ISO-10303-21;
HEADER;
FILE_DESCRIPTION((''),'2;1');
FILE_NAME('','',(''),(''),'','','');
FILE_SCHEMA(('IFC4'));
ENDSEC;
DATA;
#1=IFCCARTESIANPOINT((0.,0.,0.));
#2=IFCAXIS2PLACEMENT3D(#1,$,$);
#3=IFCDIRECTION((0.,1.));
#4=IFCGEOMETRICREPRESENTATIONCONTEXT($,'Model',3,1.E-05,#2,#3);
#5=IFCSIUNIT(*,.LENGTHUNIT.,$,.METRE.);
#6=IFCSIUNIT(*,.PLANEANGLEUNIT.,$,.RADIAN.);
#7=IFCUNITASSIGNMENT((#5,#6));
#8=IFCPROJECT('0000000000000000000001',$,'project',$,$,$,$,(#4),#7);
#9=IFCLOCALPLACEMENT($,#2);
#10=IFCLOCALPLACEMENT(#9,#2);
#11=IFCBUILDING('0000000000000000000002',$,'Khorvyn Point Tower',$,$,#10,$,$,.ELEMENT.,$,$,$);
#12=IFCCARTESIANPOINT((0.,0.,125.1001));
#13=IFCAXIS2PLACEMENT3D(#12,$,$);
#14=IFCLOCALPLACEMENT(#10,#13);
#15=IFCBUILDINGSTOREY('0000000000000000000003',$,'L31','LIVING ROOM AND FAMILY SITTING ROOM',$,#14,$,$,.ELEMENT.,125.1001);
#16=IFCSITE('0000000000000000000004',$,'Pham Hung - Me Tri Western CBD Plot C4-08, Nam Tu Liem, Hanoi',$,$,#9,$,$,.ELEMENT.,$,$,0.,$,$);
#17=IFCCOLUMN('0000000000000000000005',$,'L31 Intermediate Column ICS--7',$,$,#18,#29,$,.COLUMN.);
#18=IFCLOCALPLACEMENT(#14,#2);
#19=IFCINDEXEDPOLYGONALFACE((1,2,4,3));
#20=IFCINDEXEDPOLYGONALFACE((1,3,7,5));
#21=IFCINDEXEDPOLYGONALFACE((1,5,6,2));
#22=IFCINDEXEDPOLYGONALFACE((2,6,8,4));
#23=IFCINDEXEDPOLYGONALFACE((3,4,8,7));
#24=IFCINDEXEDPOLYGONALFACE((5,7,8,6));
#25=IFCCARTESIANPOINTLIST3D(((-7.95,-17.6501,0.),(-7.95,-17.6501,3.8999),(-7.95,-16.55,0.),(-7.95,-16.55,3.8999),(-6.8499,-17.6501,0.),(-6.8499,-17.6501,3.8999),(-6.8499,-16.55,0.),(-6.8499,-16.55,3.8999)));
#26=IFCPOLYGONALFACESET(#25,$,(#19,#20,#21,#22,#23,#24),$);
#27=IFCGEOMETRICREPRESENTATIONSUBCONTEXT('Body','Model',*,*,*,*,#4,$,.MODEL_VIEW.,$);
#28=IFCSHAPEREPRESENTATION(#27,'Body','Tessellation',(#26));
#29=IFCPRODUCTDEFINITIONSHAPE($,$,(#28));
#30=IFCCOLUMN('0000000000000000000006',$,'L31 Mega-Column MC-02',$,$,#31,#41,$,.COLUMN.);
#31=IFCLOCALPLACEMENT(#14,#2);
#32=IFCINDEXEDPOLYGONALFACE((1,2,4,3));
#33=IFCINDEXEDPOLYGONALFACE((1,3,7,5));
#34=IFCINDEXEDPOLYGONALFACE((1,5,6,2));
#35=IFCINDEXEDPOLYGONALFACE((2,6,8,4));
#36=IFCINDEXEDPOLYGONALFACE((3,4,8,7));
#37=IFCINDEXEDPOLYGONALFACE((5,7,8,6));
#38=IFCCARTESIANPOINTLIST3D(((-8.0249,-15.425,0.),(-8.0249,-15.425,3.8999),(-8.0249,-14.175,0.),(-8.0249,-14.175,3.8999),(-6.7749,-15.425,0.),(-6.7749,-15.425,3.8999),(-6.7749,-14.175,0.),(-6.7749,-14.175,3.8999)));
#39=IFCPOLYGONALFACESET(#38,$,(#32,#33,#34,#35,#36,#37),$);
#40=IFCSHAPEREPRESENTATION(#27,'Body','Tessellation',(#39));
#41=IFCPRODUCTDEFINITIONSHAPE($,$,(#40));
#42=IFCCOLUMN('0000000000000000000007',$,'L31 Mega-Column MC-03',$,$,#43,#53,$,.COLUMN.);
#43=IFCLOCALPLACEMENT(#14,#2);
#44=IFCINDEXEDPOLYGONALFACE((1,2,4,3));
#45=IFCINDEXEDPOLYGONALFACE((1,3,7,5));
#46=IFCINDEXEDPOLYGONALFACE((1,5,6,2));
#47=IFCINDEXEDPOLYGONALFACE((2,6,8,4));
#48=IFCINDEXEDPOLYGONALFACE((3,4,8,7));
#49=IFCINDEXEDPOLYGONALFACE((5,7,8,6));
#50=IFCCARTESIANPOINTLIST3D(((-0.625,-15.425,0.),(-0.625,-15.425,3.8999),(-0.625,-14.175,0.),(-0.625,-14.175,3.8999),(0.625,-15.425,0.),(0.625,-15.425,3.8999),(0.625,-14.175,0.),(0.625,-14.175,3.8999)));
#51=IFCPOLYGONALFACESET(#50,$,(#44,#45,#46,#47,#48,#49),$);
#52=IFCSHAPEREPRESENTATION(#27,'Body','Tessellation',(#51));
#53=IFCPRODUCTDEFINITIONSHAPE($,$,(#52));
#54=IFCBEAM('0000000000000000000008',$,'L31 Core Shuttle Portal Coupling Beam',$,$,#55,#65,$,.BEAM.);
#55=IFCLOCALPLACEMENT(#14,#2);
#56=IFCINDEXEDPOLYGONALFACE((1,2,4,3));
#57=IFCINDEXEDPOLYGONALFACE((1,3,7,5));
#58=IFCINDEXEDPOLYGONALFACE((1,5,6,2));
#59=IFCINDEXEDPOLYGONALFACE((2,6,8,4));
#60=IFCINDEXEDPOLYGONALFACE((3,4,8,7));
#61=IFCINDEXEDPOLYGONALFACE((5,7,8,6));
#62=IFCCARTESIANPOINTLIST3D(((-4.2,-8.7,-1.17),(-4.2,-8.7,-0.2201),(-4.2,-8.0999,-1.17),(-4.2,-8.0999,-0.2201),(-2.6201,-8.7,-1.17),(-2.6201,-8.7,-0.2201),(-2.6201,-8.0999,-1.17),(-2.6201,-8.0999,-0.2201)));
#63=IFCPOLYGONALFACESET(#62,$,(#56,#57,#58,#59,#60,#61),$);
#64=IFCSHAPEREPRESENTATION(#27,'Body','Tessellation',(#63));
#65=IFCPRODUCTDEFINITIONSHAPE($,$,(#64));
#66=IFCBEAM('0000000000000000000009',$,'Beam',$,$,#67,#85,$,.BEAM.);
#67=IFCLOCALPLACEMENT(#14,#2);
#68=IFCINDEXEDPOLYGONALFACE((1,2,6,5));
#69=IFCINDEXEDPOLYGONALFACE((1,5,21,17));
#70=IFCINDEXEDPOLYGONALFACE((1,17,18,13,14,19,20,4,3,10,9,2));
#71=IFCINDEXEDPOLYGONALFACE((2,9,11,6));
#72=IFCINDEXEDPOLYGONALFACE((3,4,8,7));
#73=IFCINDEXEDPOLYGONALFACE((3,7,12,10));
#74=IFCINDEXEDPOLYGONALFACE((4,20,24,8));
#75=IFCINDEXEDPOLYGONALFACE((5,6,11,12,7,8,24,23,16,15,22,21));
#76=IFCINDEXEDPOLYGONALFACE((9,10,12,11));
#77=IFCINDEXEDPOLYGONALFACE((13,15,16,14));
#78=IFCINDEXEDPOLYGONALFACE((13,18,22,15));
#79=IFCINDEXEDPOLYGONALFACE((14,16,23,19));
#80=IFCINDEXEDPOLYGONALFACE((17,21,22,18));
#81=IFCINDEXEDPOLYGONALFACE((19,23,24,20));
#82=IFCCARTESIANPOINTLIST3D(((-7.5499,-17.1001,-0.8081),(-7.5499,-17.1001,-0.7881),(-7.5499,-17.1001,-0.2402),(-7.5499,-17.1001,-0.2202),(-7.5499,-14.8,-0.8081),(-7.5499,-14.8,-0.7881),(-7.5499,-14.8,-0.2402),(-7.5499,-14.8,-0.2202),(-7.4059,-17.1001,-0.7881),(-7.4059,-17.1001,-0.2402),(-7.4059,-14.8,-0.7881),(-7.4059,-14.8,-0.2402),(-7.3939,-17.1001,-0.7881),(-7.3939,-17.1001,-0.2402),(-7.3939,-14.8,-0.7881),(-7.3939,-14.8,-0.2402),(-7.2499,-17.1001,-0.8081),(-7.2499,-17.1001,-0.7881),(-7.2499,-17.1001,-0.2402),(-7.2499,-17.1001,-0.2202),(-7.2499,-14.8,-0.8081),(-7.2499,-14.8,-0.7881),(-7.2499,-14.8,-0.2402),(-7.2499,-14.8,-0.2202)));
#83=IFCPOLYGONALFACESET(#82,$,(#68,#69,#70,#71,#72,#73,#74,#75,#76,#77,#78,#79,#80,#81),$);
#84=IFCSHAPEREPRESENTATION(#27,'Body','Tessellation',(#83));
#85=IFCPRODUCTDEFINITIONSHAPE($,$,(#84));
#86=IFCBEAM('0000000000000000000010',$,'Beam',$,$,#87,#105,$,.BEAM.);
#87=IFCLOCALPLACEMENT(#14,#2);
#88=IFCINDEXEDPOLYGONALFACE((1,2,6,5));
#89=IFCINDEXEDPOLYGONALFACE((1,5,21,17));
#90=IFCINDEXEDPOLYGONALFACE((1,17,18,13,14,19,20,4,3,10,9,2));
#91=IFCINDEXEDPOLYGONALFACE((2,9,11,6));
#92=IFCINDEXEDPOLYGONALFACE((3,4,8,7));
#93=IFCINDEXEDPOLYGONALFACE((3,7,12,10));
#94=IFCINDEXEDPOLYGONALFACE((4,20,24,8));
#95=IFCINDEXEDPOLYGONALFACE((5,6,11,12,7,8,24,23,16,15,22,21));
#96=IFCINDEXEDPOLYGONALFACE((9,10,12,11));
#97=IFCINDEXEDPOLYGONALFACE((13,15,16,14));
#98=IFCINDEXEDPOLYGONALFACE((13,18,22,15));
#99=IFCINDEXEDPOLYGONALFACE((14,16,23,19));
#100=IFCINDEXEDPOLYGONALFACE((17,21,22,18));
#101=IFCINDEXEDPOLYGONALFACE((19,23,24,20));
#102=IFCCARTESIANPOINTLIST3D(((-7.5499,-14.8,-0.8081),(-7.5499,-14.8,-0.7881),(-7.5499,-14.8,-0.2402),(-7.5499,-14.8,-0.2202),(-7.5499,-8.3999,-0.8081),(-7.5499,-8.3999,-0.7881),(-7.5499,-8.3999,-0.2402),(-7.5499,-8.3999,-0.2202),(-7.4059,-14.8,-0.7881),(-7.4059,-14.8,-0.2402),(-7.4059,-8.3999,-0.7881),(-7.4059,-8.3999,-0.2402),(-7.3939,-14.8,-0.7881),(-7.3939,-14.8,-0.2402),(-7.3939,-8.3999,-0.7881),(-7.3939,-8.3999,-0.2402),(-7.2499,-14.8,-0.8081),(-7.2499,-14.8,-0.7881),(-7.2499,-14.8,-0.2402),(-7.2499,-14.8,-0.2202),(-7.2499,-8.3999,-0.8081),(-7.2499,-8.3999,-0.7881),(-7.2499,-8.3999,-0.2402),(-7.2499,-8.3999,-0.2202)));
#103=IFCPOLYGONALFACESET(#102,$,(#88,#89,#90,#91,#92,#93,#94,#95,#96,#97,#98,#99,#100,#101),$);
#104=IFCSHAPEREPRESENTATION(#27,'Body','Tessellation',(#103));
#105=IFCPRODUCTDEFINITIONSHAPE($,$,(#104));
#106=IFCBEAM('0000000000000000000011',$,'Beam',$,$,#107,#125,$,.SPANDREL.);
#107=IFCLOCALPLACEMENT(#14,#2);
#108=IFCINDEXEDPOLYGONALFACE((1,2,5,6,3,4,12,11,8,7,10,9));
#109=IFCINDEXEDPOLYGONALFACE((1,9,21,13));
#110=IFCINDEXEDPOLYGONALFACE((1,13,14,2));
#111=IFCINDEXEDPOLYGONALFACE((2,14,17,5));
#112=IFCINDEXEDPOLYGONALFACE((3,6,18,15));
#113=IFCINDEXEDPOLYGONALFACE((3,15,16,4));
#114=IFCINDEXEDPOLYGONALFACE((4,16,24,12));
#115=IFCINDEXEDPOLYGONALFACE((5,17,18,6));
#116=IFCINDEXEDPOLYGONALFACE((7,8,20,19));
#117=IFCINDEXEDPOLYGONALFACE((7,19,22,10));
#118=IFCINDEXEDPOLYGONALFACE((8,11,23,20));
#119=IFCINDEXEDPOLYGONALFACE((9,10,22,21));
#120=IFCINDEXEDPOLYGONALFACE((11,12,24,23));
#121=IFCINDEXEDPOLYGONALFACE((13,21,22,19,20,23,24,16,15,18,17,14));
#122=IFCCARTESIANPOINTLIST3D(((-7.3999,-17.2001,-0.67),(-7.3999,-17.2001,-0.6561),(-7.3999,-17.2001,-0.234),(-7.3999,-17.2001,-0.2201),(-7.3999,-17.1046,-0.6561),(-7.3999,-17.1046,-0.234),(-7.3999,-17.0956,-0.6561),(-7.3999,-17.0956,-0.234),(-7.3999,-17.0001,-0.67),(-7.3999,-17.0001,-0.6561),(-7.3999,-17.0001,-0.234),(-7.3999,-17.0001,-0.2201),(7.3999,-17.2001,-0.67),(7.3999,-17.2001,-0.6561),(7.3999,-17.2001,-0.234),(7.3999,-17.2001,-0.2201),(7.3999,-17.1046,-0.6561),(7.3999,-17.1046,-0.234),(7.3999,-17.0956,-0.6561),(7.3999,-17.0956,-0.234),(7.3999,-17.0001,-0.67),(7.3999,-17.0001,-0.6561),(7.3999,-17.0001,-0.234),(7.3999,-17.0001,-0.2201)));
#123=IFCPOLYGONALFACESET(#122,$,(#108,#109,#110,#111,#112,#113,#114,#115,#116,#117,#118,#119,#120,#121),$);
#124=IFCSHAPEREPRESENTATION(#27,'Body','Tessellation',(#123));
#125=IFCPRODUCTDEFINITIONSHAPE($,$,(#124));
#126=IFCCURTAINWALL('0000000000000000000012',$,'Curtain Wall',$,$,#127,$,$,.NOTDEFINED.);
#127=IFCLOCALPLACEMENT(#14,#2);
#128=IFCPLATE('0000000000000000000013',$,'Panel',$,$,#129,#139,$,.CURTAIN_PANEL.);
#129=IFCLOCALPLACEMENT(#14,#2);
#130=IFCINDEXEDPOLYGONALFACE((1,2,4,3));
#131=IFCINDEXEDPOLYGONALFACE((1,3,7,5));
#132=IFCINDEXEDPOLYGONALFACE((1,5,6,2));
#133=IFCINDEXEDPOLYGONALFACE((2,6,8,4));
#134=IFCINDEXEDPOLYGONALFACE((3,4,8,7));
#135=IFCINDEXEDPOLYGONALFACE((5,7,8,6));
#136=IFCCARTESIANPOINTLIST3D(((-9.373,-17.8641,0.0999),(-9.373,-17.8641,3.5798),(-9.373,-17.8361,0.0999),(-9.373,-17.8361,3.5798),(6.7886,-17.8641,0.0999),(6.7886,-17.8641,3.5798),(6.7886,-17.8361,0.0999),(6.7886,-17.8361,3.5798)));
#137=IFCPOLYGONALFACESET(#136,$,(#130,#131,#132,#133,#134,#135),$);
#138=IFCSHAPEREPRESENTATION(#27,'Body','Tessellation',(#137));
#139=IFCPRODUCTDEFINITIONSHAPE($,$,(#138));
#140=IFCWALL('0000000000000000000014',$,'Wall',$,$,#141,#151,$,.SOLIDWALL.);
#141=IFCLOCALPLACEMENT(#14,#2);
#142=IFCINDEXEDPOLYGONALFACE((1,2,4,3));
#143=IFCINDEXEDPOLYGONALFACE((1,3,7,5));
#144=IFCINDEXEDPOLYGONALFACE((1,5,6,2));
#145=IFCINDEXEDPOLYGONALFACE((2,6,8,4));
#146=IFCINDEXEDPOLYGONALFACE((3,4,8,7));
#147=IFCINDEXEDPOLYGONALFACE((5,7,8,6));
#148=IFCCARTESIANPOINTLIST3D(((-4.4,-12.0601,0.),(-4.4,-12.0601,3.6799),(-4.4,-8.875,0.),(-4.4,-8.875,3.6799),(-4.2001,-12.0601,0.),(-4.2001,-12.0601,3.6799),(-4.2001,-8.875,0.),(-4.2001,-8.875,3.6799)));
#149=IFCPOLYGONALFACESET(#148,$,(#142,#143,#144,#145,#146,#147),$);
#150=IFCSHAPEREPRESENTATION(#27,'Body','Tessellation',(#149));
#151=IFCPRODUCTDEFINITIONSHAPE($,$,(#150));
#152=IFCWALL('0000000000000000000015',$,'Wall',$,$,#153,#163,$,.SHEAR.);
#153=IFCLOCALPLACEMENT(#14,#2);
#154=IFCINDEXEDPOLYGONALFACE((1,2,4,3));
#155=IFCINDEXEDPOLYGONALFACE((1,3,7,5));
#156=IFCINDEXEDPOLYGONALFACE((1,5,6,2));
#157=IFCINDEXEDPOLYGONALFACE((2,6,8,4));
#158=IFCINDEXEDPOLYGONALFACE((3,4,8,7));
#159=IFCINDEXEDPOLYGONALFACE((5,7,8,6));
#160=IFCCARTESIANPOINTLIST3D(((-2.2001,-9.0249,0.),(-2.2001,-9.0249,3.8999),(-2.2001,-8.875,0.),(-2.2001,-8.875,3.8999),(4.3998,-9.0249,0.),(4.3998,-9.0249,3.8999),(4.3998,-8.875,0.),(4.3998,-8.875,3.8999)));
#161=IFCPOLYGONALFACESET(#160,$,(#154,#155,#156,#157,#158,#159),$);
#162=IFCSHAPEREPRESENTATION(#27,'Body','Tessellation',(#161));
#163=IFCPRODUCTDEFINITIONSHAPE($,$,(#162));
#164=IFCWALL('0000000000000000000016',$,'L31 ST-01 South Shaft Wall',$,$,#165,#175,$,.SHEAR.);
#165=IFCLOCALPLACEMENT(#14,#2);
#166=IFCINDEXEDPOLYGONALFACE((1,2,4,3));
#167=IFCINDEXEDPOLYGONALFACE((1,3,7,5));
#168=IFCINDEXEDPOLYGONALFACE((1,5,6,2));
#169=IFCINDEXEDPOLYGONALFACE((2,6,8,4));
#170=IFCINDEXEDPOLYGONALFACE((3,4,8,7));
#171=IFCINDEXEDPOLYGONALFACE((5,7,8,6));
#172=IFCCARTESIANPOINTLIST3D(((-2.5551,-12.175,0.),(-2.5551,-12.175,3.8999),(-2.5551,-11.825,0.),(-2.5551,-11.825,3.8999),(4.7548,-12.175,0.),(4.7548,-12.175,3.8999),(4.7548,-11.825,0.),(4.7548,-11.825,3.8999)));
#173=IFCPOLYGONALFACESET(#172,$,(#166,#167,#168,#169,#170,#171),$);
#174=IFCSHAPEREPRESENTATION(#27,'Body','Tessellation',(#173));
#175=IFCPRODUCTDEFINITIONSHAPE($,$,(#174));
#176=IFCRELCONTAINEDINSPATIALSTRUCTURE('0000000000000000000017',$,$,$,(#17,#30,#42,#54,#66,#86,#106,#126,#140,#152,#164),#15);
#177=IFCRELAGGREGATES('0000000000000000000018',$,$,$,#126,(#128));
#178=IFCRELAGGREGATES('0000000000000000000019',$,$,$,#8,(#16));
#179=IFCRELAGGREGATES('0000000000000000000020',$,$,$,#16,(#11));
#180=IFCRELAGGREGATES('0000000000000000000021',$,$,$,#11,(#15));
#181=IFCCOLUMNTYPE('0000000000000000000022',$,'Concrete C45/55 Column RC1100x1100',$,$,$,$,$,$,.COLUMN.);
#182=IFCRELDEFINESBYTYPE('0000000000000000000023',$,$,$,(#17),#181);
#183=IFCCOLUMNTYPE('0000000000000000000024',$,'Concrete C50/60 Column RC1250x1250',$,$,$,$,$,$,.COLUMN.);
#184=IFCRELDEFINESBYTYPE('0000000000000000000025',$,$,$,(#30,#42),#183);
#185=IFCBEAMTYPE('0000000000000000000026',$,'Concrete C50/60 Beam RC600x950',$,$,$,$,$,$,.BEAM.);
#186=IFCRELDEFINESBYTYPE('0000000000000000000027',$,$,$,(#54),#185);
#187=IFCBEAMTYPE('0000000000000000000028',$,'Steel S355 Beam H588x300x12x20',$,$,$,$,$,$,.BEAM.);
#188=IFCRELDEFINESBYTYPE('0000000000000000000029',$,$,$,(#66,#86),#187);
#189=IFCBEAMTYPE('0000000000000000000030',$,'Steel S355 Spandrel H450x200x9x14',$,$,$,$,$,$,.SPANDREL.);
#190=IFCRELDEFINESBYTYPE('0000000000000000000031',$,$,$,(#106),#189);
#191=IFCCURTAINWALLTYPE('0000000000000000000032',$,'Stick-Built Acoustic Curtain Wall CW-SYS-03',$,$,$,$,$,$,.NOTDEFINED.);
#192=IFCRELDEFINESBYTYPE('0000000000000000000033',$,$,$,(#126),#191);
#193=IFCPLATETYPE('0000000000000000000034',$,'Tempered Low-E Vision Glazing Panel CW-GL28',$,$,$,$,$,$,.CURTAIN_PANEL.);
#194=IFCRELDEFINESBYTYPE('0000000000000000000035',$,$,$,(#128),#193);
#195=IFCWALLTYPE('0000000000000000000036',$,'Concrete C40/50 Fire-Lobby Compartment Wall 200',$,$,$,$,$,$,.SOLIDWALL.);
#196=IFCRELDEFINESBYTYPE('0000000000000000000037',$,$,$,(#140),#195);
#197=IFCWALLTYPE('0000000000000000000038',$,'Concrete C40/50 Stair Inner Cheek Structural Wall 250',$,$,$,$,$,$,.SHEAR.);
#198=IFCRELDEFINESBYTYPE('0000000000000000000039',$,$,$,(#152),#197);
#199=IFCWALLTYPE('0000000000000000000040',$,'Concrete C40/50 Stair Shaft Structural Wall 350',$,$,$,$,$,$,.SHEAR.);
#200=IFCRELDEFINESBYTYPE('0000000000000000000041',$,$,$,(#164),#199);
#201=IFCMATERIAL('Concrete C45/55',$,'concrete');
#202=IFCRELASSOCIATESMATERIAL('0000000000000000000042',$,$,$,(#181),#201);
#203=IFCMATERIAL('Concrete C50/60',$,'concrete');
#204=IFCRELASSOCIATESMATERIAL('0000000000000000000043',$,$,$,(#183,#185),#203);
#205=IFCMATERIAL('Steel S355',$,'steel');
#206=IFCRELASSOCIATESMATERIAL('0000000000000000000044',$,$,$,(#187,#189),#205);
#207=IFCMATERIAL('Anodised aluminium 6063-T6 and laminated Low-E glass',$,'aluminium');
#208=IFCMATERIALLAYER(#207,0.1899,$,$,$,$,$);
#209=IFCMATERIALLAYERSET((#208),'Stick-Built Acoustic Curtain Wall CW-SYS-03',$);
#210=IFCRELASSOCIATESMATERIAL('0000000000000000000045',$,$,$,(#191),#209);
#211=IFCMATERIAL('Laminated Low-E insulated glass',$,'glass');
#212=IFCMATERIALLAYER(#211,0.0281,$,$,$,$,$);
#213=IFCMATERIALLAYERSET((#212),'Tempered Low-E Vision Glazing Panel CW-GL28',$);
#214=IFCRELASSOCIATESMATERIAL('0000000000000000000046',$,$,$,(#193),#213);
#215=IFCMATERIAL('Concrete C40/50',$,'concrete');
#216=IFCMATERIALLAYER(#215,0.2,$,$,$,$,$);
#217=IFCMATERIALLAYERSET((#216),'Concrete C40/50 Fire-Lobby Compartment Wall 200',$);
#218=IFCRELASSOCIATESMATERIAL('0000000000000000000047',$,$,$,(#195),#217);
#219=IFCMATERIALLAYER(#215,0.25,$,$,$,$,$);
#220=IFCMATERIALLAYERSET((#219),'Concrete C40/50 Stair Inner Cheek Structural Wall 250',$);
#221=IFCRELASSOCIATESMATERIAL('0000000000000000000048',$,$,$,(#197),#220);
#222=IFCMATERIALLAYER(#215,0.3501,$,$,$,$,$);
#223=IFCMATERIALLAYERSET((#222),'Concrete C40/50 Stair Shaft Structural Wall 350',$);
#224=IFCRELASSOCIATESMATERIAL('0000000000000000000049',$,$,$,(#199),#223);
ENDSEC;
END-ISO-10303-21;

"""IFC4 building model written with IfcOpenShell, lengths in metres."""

from ifc_helpers import new_model, si_unit, direction, frame, frame_2d, origin, origin_2d, place, context, subcontext, project, spatial, rectangle, i_section, extrude, material, layer, layer_set, material_profile, profile_set, type_object, element, aggregate, save


model = new_model("IFC4")

# Units and contexts
model_context = context("Model", 3, precision=1e-05, world=origin(), true_north=direction((0.0, 1.0)))
body_context = subcontext(model_context, "Body", "Model", "MODEL_VIEW")
ifc_project = project(units=[si_unit("LENGTHUNIT", "METRE"), si_unit("PLANEANGLEUNIT", "RADIAN")], contexts=[model_context])

# Site, building, storey
site_placement = place(None, origin())
site = spatial("IfcSite", under=ifc_project, at=site_placement, Name="Pham Hung - Me Tri Western CBD Plot C4-08, Nam Tu Liem, Hanoi", CompositionType="ELEMENT", RefElevation=0.0)
building_placement = place(site_placement, origin())
building = spatial("IfcBuilding", under=site, at=building_placement, Name="Khorvyn Point Tower", CompositionType="ELEMENT")
storey_placement = place(building_placement, frame((0.0, 0.0, 125.1001)))
storey = spatial("IfcBuildingStorey", under=building, at=storey_placement, Name="L31", Description="LIVING ROOM AND FAMILY SITTING ROOM", CompositionType="ELEMENT", Elevation=125.1001)

# Columns
ifc_material_1 = material(Name="Concrete C45/55", Category="concrete")
ifc_material_profile_1 = material_profile(ifc_material_1, rectangle(XDim=1.1001, YDim=1.1001, at=origin_2d()))
ifc_profile_set_1 = profile_set([ifc_material_profile_1], Name="Concrete C45/55 RC1100x1100")
column_type_1 = type_object("IfcColumnType", Name="Concrete C45/55 Column RC1100x1100", PredefinedType="COLUMN", material=ifc_profile_set_1)
column_placement = place(storey_placement, frame((-7.3999, -17.1001, 0.0), z_axis=(0.0, 0.0, 1.0), x_axis=(1.0, 0.0, 0.0)))
element("IfcColumn", 1, at=column_placement, inside=storey, type_object=column_type_1, Name="L31 Intermediate Column ICS--7", PredefinedType="COLUMN", context=body_context, shape_type="SweptSolid", body=[
    extrude(rectangle(XDim=1.1001, YDim=1.1001, at=origin_2d()), origin(), (0.0, 0.0, 1.0), 3.8999),
])
ifc_material_2 = material(Name="Concrete C50/60", Category="concrete")
ifc_material_profile_2 = material_profile(ifc_material_2, rectangle(XDim=1.25, YDim=1.25, at=origin_2d()))
ifc_profile_set_2 = profile_set([ifc_material_profile_2], Name="Concrete C50/60 RC1250x1250")
column_type_2 = type_object("IfcColumnType", Name="Concrete C50/60 Column RC1250x1250", PredefinedType="COLUMN", material=ifc_profile_set_2)
for number, where, z_axis, x_axis, name in (
    (2, (-7.3999, -14.8, 0.0), (0.0, 0.0, 1.0), (1.0, 0.0, 0.0), "L31 Mega-Column MC-02"),
    (3, (0.0, -14.8, 0.0), (0.0, 0.0, 1.0), (1.0, 0.0, 0.0), "L31 Mega-Column MC-03"),
):
    element("IfcColumn", number, at=place(storey_placement, frame(where, z_axis=z_axis, x_axis=x_axis)), inside=storey, type_object=column_type_2, Name=name, PredefinedType="COLUMN", context=body_context, shape_type="SweptSolid", body=[
        extrude(rectangle(XDim=1.25, YDim=1.25, at=origin_2d()), origin(), (0.0, 0.0, 1.0), 3.8999),
    ])

# Beams
ifc_material_profile_3 = material_profile(ifc_material_2, rectangle(XDim=0.6001, YDim=0.95, at=origin_2d()))
ifc_profile_set_3 = profile_set([ifc_material_profile_3], Name="Concrete C50/60 RC600x950")
beam_type_1 = type_object("IfcBeamType", Name="Concrete C50/60 Beam RC600x950", PredefinedType="BEAM", material=ifc_profile_set_3)
beam_1_placement = place(storey_placement, frame((-4.2, -8.3999, -0.6951), z_axis=(1.0, 0.0, 0.0), x_axis=(0.0, 1.0, 0.0)))
element("IfcBeam", 4, at=beam_1_placement, inside=storey, type_object=beam_type_1, Name="L31 Core Shuttle Portal Coupling Beam", PredefinedType="BEAM", context=body_context, shape_type="SweptSolid", body=[
    extrude(rectangle(XDim=0.6001, YDim=0.95, at=origin_2d()), origin(), (0.0, 0.0, 1.0), 1.5798),
])
ifc_material_3 = material(Name="Steel S355", Category="steel")
ifc_material_profile_4 = material_profile(ifc_material_3, i_section(OverallWidth=0.3, OverallDepth=0.5879, WebThickness=0.012, FlangeThickness=0.02, at=origin_2d()))
ifc_profile_set_4 = profile_set([ifc_material_profile_4], Name="Steel S355 H588x300x12x20")
beam_type_2 = type_object("IfcBeamType", Name="Steel S355 Beam H588x300x12x20", PredefinedType="BEAM", material=ifc_profile_set_4)
beam_2_placement = place(storey_placement, frame((-7.3999, -17.1001, -0.5142), z_axis=(0.0, 1.0, 0.0), x_axis=(-1.0, 0.0, 0.0)))
element("IfcBeam", 5, at=beam_2_placement, inside=storey, type_object=beam_type_2, Name="Beam", PredefinedType="BEAM", context=body_context, shape_type="SweptSolid", body=[
    extrude(i_section(OverallWidth=0.3, OverallDepth=0.5879, WebThickness=0.012, FlangeThickness=0.02, at=origin_2d()), origin(), (0.0, 0.0, 1.0), 2.3),
])
beam_3_placement = place(storey_placement, frame((-7.3999, -14.8, -0.5142), z_axis=(0.0, 1.0, 0.0), x_axis=(-1.0, 0.0, 0.0)))
element("IfcBeam", 6, at=beam_3_placement, inside=storey, type_object=beam_type_2, Name="Beam", PredefinedType="BEAM", context=body_context, shape_type="SweptSolid", body=[
    extrude(i_section(OverallWidth=0.3, OverallDepth=0.5879, WebThickness=0.012, FlangeThickness=0.02, at=origin_2d()), origin(), (0.0, 0.0, 1.0), 6.4001),
])
ifc_material_profile_5 = material_profile(ifc_material_3, i_section(OverallWidth=0.2, OverallDepth=0.45, WebThickness=0.009, FlangeThickness=0.0139, at=origin_2d()))
ifc_profile_set_5 = profile_set([ifc_material_profile_5], Name="Steel S355 H450x200x9x14")
beam_type_3 = type_object("IfcBeamType", Name="Steel S355 Spandrel H450x200x9x14", PredefinedType="SPANDREL", material=ifc_profile_set_5)
beam_4_placement = place(storey_placement, frame((-7.3999, -17.1001, -0.4451), z_axis=(1.0, 0.0, 0.0), x_axis=(0.0, 1.0, 0.0)))
element("IfcBeam", 7, at=beam_4_placement, inside=storey, type_object=beam_type_3, Name="Beam", PredefinedType="SPANDREL", context=body_context, shape_type="SweptSolid", body=[
    extrude(i_section(OverallWidth=0.2, OverallDepth=0.45, WebThickness=0.009, FlangeThickness=0.0139, at=origin_2d()), origin(), (0.0, 0.0, 1.0), 14.7998),
])

# Curtain wall, plate
ifc_material_4 = material(Name="Anodised aluminium 6063-T6 and laminated Low-E glass", Category="aluminium")
ifc_layer_1 = layer(ifc_material_4, 0.1899)
ifc_layer_set_1 = layer_set([ifc_layer_1], Name="Stick-Built Acoustic Curtain Wall CW-SYS-03")
curtain_wall_type = type_object("IfcCurtainWallType", Name="Stick-Built Acoustic Curtain Wall CW-SYS-03", PredefinedType="NOTDEFINED", material=ifc_layer_set_1)
curtain_wall_placement = place(storey_placement, origin())
curtain_wall = element("IfcCurtainWall", 8, at=curtain_wall_placement, inside=storey, type_object=curtain_wall_type, Name="Curtain Wall", PredefinedType="NOTDEFINED")
ifc_material_5 = material(Name="Laminated Low-E insulated glass", Category="glass")
ifc_layer_2 = layer(ifc_material_5, 0.0281)
ifc_layer_set_2 = layer_set([ifc_layer_2], Name="Tempered Low-E Vision Glazing Panel CW-GL28")
plate_type = type_object("IfcPlateType", Name="Tempered Low-E Vision Glazing Panel CW-GL28", PredefinedType="CURTAIN_PANEL", material=ifc_layer_set_2)
plate_placement = place(storey_placement, frame((-1.2922, -17.8501, 0.0999), z_axis=(0.0, 0.0, 1.0), x_axis=(-1.0, 0.0, 0.0)))
plate = element("IfcPlate", 9, at=plate_placement, type_object=plate_type, Name="Panel", PredefinedType="CURTAIN_PANEL", context=body_context, shape_type="SweptSolid", body=[
    extrude(rectangle(XDim=16.1616, YDim=0.0281, at=origin_2d()), origin(), (0.0, 0.0, 1.0), 3.48),
])
aggregate(curtain_wall, [plate])

# Shared definitions
ifc_material_6 = material(Name="Concrete C40/50", Category="concrete")
ifc_layer_3 = layer(ifc_material_6, 0.2)
ifc_layer_set_3 = layer_set([ifc_layer_3], Name="Concrete C40/50 Fire-Lobby Compartment Wall 200")
wall_type_1 = type_object("IfcWallType", Name="Concrete C40/50 Fire-Lobby Compartment Wall 200", PredefinedType="SOLIDWALL", material=ifc_layer_set_3)

# Walls
wall_1_placement = place(storey_placement, frame((-4.3, -12.0601, 0.0), z_axis=(0.0, 0.0, 1.0), x_axis=(0.0, 1.0, 0.0)))
element("IfcWall", 10, at=wall_1_placement, inside=storey, type_object=wall_type_1, Name="Wall", PredefinedType="SOLIDWALL", context=body_context, shape_type="SweptSolid", body=[
    extrude(rectangle(XDim=3.1851, YDim=0.2, at=frame_2d((1.5925, 0.0))), origin(), (0.0, 0.0, 1.0), 3.6799),
])
ifc_layer_4 = layer(ifc_material_6, 0.25)
ifc_layer_set_4 = layer_set([ifc_layer_4], Name="Concrete C40/50 Stair Inner Cheek Structural Wall 250")
wall_type_2 = type_object("IfcWallType", Name="Concrete C40/50 Stair Inner Cheek Structural Wall 250", PredefinedType="SHEAR", material=ifc_layer_set_4)
wall_2_placement = place(storey_placement, frame((-2.2, -8.95, 0.0), z_axis=(0.0, 0.0, 1.0), x_axis=(1.0, 0.0, 0.0)))
element("IfcWall", 11, at=wall_2_placement, inside=storey, type_object=wall_type_2, Name="Wall", PredefinedType="SHEAR", context=body_context, shape_type="SweptSolid", body=[
    extrude(rectangle(XDim=6.5999, YDim=0.1499, at=frame_2d((3.2998, 0.0))), origin(), (0.0, 0.0, 1.0), 3.8999),
])
ifc_layer_5 = layer(ifc_material_6, 0.3501)
ifc_layer_set_5 = layer_set([ifc_layer_5], Name="Concrete C40/50 Stair Shaft Structural Wall 350")
wall_type_3 = type_object("IfcWallType", Name="Concrete C40/50 Stair Shaft Structural Wall 350", PredefinedType="SHEAR", material=ifc_layer_set_5)
wall_3_placement = place(storey_placement, frame((-2.5549, -12.0, 0.0), z_axis=(0.0, 0.0, 1.0), x_axis=(1.0, 0.0, 0.0)))
element("IfcWall", 12, at=wall_3_placement, inside=storey, type_object=wall_type_3, Name="L31 ST-01 South Shaft Wall", PredefinedType="SHEAR", context=body_context, shape_type="SweptSolid", body=[
    extrude(rectangle(XDim=7.3098, YDim=0.3501, at=frame_2d((3.6548, 0.0))), origin(), (0.0, 0.0, 1.0), 3.8999),
])

save(model, "model.ifc")
